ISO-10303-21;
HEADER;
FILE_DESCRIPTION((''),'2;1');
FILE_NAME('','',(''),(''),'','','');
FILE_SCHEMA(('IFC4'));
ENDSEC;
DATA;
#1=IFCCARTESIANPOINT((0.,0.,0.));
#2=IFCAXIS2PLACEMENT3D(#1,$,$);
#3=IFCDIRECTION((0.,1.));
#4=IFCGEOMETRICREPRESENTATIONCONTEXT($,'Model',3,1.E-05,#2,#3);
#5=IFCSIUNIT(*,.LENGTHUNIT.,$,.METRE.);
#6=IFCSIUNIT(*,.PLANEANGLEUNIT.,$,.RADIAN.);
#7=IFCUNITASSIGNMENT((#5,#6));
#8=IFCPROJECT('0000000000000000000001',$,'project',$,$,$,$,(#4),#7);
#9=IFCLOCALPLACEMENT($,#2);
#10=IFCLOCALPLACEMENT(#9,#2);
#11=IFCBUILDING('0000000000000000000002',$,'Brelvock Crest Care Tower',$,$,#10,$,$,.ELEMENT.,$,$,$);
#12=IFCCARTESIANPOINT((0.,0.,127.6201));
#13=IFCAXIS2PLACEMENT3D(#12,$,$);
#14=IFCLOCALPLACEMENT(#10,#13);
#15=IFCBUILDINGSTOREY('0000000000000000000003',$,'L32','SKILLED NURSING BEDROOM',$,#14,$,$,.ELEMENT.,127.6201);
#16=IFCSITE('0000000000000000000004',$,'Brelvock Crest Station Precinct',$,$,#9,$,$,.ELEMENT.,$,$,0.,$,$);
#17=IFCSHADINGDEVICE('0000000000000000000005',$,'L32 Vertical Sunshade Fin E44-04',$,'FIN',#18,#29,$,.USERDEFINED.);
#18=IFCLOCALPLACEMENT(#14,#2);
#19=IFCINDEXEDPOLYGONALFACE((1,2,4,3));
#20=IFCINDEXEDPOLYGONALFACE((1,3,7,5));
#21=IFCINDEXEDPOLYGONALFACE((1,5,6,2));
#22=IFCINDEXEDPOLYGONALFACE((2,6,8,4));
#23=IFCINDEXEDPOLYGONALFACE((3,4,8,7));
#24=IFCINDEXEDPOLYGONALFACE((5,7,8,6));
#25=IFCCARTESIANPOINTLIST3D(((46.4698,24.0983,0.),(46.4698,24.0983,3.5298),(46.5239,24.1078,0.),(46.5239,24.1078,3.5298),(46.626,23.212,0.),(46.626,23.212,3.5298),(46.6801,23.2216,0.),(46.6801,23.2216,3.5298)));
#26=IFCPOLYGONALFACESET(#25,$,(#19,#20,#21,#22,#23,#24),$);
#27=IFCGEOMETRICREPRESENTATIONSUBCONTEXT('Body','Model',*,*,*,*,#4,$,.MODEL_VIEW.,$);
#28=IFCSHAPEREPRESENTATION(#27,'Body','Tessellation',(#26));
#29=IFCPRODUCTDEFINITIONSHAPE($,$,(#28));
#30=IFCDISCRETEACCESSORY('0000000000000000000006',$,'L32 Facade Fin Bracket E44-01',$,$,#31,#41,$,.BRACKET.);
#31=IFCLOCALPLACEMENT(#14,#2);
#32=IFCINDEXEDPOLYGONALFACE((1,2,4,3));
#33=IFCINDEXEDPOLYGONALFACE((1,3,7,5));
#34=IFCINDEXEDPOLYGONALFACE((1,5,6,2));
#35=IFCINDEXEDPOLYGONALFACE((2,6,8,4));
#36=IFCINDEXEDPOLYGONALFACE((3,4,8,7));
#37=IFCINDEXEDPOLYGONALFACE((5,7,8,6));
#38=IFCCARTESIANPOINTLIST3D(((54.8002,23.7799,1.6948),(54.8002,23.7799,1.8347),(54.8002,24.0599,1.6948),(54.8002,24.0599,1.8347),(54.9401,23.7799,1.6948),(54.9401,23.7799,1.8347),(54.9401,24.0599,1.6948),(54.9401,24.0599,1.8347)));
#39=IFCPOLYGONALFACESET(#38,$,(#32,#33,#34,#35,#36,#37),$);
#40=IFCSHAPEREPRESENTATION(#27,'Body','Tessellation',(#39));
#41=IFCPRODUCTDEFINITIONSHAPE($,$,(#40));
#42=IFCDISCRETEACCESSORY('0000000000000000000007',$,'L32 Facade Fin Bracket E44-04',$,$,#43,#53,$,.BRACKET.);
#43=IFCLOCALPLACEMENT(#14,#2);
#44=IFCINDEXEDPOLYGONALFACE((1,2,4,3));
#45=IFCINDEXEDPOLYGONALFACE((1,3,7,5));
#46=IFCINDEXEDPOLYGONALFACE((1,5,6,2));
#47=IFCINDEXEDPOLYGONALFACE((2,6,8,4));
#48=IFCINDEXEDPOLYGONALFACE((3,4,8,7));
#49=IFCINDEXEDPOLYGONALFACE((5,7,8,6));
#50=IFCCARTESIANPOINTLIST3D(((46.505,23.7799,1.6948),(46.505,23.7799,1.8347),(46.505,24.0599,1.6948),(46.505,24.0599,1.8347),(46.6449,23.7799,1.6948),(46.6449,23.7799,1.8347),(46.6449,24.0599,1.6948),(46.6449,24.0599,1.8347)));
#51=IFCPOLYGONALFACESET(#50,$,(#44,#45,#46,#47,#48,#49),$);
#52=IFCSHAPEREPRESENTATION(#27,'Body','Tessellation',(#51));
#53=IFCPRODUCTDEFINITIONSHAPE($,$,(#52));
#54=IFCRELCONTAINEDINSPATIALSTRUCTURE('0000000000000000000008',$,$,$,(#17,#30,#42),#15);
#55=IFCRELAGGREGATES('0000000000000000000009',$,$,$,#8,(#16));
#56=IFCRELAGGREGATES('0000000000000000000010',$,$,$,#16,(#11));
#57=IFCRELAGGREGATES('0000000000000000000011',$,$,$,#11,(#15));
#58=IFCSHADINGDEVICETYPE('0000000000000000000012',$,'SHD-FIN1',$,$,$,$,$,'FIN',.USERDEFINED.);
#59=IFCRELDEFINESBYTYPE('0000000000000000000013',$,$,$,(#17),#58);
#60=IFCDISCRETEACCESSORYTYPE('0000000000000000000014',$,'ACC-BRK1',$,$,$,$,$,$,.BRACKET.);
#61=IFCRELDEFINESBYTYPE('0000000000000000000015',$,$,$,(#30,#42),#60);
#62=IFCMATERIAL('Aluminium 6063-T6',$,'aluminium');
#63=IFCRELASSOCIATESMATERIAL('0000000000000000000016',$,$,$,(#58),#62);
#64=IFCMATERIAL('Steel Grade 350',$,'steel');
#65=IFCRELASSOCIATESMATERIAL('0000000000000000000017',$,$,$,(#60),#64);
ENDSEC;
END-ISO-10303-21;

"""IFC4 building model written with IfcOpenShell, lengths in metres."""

from ifc_helpers import new_model, si_unit, direction, frame, origin, origin_2d, place, context, subcontext, project, spatial, rectangle, extrude, source, transform, mapped, material, material_profile, profile_set, type_object, element, save


model = new_model("IFC4")

# Units and contexts
model_context = context("Model", 3, precision=1e-05, world=origin(), true_north=direction((0.0, 1.0)))
body_context = subcontext(model_context, "Body", "Model", "MODEL_VIEW")
ifc_project = project(units=[si_unit("LENGTHUNIT", "METRE"), si_unit("PLANEANGLEUNIT", "RADIAN")], contexts=[model_context])

# Site, building, storey
site_placement = place(None, origin())
site = spatial("IfcSite", under=ifc_project, at=site_placement, Name="Brelvock Crest Station Precinct", CompositionType="ELEMENT", RefElevation=0.0)
building_placement = place(site_placement, origin())
building = spatial("IfcBuilding", under=site, at=building_placement, Name="Brelvock Crest Care Tower", CompositionType="ELEMENT")
storey_placement = place(building_placement, frame((0.0, 0.0, 127.6201)))
storey = spatial("IfcBuildingStorey", under=building, at=storey_placement, Name="L32", Description="SKILLED NURSING BEDROOM", CompositionType="ELEMENT", Elevation=127.6201)

# Shared definitions
ifc_material_1 = material(Name="Steel Grade 350", Category="steel")

# Shared definitions
ifc_material_2 = material(Name="Aluminium 6063-T6", Category="aluminium")

# Shading device
ifc_material_profile_1 = material_profile(ifc_material_2, rectangle(XDim=0.0549, YDim=0.8999, at=origin_2d()), Name="FIN55x900")
ifc_profile_set_1 = profile_set([ifc_material_profile_1], Name="Aluminium 6063-T6")
shading_device_type = type_object("IfcShadingDeviceType", Name="SHD-FIN1", ElementType="FIN", PredefinedType="USERDEFINED", material=ifc_profile_set_1)
shared_shape_1 = source(origin(), body_context, "Body", "SweptSolid", [
    extrude(rectangle(XDim=0.0549, YDim=0.8999, at=origin_2d()), origin(), (0.0, 0.0, 1.0), 3.5298),
])
for number, where, z_axis, x_axis, name in (
    (1, (46.575, 23.6599, 0.0), (0.0, 0.0, 1.0), (-0.984808, -0.173648, 0.0), "L32 Vertical Sunshade Fin E44-04"),
):
    element("IfcShadingDevice", number, at=place(storey_placement, frame(where, z_axis=z_axis, x_axis=x_axis)), inside=storey, type_object=shading_device_type, Name=name, ObjectType="FIN", PredefinedType="USERDEFINED", context=body_context, shape_type="MappedRepresentation", body=[
        mapped(shared_shape_1, transform((0.0, 0.0, 0.0), x_axis=(1.0, 0.0, 0.0), y_axis=(0.0, 1.0, 0.0), z_axis=(0.0, 0.0, 1.0), scale=1.0)),
    ])

# Discrete accessories
discrete_accessory_type = type_object("IfcDiscreteAccessoryType", Name="ACC-BRK1", PredefinedType="BRACKET", material=ifc_material_1)
shared_shape_2 = source(origin(), body_context, "Body", "SweptSolid", [
    extrude(rectangle(XDim=0.28, YDim=0.1399, at=origin_2d()), origin(), (0.0, 0.0, 1.0), 0.1399),
])
for number, where, z_axis, x_axis, name in (
    (2, (54.8701, 23.9199, 1.6948), (0.0, 0.0, 1.0), (0.0, -1.0, 0.0), "L32 Facade Fin Bracket E44-01"),
    (3, (46.575, 23.9199, 1.6948), (0.0, 0.0, 1.0), (0.0, -1.0, 0.0), "L32 Facade Fin Bracket E44-04"),
):
    element("IfcDiscreteAccessory", number, at=place(storey_placement, frame(where, z_axis=z_axis, x_axis=x_axis)), inside=storey, type_object=discrete_accessory_type, Name=name, PredefinedType="BRACKET", context=body_context, shape_type="MappedRepresentation", body=[
        mapped(shared_shape_2, transform((0.0, 0.0, 0.0), x_axis=(1.0, 0.0, 0.0), y_axis=(0.0, 1.0, 0.0), z_axis=(0.0, 0.0, 1.0), scale=1.0)),
    ])

save(model, "model.ifc")
